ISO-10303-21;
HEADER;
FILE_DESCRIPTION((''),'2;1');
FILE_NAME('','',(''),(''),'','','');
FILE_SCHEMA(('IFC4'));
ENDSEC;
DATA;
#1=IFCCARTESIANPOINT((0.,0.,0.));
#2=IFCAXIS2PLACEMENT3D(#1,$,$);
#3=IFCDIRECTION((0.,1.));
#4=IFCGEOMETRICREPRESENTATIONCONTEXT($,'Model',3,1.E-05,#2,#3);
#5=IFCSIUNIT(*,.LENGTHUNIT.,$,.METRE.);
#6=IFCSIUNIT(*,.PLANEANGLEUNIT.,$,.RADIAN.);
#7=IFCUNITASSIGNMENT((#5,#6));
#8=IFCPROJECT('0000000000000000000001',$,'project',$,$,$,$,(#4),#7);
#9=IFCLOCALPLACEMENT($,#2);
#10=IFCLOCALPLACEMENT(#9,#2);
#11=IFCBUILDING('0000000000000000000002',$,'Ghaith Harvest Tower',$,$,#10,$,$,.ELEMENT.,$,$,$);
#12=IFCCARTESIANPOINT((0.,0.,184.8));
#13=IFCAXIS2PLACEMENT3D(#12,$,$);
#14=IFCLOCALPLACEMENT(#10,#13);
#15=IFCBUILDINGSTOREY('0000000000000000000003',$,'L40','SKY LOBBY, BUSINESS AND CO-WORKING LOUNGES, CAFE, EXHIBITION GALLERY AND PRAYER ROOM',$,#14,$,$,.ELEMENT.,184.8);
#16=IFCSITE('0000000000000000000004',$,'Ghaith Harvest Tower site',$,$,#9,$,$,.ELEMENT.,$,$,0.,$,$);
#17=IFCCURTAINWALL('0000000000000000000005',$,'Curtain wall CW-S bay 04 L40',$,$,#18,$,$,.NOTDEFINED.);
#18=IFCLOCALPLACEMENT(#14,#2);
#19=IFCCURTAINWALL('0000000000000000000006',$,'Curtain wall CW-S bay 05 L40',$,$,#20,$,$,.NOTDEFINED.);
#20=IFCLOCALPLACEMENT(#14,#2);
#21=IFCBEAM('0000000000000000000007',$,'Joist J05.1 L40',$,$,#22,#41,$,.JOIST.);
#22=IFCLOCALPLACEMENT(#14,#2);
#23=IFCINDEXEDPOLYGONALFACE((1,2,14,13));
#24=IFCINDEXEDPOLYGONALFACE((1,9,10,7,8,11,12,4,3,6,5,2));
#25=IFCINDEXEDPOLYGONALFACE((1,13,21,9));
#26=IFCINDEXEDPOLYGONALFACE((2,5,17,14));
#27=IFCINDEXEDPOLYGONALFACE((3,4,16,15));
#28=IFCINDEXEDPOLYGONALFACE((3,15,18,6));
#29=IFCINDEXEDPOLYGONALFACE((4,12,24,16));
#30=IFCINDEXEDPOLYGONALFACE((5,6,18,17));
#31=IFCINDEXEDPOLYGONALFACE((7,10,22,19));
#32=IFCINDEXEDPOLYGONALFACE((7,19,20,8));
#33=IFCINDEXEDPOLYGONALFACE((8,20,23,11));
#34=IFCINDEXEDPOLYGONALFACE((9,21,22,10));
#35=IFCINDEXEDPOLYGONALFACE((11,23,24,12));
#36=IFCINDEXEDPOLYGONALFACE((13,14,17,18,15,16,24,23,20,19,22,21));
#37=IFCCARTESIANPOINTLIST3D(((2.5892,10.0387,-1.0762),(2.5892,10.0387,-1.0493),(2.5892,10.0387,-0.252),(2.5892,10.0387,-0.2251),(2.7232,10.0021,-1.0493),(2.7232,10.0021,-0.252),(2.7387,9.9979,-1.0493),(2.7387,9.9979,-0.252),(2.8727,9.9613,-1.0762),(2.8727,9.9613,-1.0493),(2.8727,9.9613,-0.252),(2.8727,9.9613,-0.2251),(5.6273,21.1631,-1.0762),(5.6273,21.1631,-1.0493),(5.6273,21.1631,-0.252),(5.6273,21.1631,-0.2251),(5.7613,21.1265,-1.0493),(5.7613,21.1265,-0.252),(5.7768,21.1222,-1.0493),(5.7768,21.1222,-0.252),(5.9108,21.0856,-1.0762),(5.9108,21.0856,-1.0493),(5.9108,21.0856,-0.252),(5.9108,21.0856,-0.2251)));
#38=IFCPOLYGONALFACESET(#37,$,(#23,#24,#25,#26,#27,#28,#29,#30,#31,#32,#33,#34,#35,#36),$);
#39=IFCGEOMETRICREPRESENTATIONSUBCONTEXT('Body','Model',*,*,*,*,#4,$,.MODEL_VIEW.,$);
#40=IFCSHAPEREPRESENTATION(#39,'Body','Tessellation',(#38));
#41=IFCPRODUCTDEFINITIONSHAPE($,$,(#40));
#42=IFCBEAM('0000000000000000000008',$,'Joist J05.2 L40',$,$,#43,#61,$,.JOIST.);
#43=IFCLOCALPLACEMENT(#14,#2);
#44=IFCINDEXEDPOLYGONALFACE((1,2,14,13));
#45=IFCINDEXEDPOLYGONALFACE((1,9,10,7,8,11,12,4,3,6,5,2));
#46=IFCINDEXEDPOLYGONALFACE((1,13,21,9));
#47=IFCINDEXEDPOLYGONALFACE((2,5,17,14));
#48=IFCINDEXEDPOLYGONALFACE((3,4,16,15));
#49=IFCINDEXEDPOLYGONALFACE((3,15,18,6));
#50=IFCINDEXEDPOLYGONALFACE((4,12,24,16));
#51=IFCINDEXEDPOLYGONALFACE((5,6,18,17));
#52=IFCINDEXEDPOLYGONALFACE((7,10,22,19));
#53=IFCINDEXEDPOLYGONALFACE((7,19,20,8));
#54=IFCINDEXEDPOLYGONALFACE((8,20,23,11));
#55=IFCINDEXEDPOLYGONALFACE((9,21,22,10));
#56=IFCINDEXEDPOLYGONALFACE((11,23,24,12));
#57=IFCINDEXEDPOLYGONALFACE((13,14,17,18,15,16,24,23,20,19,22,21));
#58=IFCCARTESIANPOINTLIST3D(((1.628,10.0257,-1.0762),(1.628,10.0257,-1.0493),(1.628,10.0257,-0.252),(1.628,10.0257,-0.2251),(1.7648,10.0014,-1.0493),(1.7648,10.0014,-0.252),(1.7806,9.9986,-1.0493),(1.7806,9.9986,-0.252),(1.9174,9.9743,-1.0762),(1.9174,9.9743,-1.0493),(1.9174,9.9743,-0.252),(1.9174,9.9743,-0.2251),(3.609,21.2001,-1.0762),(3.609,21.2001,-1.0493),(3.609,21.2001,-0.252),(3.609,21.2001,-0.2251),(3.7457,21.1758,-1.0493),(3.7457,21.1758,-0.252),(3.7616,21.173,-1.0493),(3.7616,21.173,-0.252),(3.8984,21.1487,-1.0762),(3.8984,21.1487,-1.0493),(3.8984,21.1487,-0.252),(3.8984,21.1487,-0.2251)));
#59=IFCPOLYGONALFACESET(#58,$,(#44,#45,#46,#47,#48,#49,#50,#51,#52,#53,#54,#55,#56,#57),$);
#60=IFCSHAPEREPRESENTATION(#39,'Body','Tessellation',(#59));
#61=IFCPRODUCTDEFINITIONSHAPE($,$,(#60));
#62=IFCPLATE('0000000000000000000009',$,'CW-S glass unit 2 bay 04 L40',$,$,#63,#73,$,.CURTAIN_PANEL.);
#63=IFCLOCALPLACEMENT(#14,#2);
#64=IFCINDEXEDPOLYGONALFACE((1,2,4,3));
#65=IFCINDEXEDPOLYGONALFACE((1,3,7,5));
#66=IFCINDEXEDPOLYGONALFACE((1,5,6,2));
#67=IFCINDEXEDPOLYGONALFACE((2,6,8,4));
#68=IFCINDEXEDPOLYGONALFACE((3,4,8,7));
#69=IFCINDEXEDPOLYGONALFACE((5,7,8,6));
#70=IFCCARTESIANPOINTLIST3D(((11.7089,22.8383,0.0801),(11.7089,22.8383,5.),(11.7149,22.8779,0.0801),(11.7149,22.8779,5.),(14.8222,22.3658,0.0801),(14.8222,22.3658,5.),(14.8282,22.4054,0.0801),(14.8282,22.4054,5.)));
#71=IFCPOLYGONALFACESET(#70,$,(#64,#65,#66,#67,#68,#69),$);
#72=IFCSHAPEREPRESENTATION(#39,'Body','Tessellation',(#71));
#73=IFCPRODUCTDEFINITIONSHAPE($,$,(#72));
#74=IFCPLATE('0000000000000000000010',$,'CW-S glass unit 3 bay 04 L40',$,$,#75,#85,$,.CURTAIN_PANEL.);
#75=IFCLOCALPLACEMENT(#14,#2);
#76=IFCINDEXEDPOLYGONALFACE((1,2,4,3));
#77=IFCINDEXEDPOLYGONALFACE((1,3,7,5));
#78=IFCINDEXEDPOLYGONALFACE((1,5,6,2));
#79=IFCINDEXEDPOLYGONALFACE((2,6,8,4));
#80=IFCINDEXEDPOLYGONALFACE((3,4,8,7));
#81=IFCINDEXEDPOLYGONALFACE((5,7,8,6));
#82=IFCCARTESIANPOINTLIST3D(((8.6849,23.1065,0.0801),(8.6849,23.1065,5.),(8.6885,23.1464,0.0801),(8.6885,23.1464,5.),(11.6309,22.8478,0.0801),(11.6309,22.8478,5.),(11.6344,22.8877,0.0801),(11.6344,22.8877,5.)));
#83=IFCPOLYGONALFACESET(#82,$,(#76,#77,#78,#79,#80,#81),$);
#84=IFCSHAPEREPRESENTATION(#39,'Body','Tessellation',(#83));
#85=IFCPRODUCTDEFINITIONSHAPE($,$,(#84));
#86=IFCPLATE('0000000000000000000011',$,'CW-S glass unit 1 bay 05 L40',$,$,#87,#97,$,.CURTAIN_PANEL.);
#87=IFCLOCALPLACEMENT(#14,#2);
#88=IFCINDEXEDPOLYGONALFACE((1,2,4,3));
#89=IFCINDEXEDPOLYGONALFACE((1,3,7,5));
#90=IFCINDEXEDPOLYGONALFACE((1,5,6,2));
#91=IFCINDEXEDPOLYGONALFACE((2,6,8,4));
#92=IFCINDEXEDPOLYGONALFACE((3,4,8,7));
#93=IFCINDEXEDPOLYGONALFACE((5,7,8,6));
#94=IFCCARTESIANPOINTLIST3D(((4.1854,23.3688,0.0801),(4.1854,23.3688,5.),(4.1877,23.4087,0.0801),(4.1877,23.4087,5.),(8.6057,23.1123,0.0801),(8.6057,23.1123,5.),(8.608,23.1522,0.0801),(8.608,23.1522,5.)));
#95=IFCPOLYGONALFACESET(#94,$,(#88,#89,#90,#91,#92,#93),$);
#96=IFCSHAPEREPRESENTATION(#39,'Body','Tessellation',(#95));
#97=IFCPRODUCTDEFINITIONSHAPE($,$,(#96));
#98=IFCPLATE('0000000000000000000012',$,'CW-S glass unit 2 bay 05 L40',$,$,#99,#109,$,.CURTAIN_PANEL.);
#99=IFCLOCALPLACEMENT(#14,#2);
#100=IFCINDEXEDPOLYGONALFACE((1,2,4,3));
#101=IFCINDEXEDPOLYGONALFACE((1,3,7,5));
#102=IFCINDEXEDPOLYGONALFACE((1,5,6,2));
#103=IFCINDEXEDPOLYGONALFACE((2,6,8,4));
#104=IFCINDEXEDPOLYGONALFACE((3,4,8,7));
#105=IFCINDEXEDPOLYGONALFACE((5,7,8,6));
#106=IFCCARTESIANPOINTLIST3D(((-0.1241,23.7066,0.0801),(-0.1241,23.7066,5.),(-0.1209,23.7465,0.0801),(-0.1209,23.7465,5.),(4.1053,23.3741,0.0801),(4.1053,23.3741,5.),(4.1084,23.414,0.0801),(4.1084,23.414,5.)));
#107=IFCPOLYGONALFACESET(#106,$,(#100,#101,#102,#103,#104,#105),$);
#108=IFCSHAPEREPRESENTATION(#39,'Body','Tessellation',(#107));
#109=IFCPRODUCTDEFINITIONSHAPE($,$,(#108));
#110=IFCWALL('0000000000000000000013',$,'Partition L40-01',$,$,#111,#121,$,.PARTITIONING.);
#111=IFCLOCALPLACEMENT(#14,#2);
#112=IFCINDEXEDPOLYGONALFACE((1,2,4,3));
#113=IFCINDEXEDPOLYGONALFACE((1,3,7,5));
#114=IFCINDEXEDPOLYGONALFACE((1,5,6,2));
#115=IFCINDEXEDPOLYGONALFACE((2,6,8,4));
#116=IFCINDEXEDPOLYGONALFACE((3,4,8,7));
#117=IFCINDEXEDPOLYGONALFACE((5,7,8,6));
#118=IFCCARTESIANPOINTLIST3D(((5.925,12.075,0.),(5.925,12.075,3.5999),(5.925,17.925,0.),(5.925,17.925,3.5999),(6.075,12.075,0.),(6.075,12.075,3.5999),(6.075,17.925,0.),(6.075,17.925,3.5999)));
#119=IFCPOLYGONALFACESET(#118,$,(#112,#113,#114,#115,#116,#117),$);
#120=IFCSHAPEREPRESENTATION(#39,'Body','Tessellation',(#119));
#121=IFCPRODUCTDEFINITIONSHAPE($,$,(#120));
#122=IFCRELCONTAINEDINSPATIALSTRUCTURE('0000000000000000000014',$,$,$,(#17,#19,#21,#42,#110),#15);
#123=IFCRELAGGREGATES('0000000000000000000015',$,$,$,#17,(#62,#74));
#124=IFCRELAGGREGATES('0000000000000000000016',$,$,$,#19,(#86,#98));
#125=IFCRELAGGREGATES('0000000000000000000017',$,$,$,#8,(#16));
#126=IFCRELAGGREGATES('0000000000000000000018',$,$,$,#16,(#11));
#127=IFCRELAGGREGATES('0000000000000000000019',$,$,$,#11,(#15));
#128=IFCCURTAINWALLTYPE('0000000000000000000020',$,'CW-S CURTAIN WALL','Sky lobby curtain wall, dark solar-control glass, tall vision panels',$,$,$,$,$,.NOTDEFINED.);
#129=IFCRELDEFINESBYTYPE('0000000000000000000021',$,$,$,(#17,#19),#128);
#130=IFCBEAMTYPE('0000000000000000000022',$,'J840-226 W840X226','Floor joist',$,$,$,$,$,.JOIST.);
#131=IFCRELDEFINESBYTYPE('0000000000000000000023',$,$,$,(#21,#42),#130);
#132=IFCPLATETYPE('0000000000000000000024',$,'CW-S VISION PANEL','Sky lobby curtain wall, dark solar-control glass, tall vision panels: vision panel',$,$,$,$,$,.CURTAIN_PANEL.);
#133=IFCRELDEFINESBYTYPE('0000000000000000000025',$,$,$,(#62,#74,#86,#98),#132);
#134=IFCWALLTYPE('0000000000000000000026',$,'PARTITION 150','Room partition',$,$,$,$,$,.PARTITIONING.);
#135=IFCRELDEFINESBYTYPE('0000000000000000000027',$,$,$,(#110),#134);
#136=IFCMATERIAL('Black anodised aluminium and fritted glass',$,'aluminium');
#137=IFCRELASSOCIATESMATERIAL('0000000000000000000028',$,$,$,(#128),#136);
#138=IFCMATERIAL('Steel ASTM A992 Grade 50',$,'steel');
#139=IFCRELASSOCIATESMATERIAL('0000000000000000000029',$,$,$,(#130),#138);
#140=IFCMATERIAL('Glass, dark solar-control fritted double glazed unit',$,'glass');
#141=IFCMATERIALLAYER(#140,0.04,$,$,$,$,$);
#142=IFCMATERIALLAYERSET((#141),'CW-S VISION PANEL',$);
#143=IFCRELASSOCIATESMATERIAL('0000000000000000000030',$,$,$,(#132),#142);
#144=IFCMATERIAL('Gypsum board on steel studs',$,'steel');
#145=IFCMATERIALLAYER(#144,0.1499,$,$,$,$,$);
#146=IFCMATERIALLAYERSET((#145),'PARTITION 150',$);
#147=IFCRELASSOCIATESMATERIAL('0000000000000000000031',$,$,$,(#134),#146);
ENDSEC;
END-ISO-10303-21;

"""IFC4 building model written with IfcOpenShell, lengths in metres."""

from ifc_helpers import new_model, si_unit, direction, frame, frame_2d, origin, origin_2d, place, context, subcontext, project, spatial, rectangle, i_section, extrude, material, layer, layer_set, material_profile, profile_set, type_object, element, aggregate, save


model = new_model("IFC4")

# Units and contexts
model_context = context("Model", 3, precision=1e-05, world=origin(), true_north=direction((0.0, 1.0)))
body_context = subcontext(model_context, "Body", "Model", "MODEL_VIEW")
ifc_project = project(units=[si_unit("LENGTHUNIT", "METRE"), si_unit("PLANEANGLEUNIT", "RADIAN")], contexts=[model_context])

# Site, building, storey
site_placement = place(None, origin())
site = spatial("IfcSite", under=ifc_project, at=site_placement, Name="Ghaith Harvest Tower site", CompositionType="ELEMENT", RefElevation=0.0)
building_placement = place(site_placement, origin())
building = spatial("IfcBuilding", under=site, at=building_placement, Name="Ghaith Harvest Tower", CompositionType="ELEMENT")
storey_placement = place(building_placement, frame((0.0, 0.0, 184.8)))
storey = spatial("IfcBuildingStorey", under=building, at=storey_placement, Name="L40", Description="SKY LOBBY, BUSINESS AND CO-WORKING LOUNGES, CAFE, EXHIBITION GALLERY AND PRAYER ROOM", CompositionType="ELEMENT", Elevation=184.8)

# Curtain wall
ifc_material_1 = material(Name="Black anodised aluminium and fritted glass", Category="aluminium")
curtain_wall_type = type_object("IfcCurtainWallType", Name="CW-S CURTAIN WALL", Description="Sky lobby curtain wall, dark solar-control glass, tall vision panels", PredefinedType="NOTDEFINED", material=ifc_material_1)
curtain_wall_1_placement = place(storey_placement, origin())
curtain_wall_1 = element("IfcCurtainWall", 1, at=curtain_wall_1_placement, inside=storey, type_object=curtain_wall_type, Name="Curtain wall CW-S bay 04 L40", PredefinedType="NOTDEFINED")

# Curtain wall
curtain_wall_2_placement = place(storey_placement, origin())
curtain_wall_2 = element("IfcCurtainWall", 2, at=curtain_wall_2_placement, inside=storey, type_object=curtain_wall_type, Name="Curtain wall CW-S bay 05 L40", PredefinedType="NOTDEFINED")

# Beams
ifc_material_2 = material(Name="Steel ASTM A992 Grade 50", Category="steel")
ifc_material_profile_1 = material_profile(ifc_material_2, i_section(OverallWidth=0.2939, OverallDepth=0.8511, WebThickness=0.0161, FlangeThickness=0.0269, at=origin_2d()), Name="W840X226")
ifc_profile_set_1 = profile_set([ifc_material_profile_1], Name="Steel ASTM A992 Grade 50")
beam_type_1 = type_object("IfcBeamType", Name="J840-226 W840X226", Description="Floor joist", PredefinedType="JOIST", material=ifc_profile_set_1)
beam_1_placement = place(storey_placement, frame((2.731, 10.0, -0.6506), z_axis=(0.263456, 0.964671, 0.0), x_axis=(-0.964671, 0.263456, 0.0)))
element("IfcBeam", 3, at=beam_1_placement, inside=storey, type_object=beam_type_1, Name="Joist J05.1 L40", PredefinedType="JOIST", context=body_context, shape_type="SweptSolid", body=[
    extrude(i_section(OverallWidth=0.2939, OverallDepth=0.8511, WebThickness=0.0161, FlangeThickness=0.0269, at=origin_2d()), origin(), (0.0, 0.0, 1.0), 11.5317),
])
beam_2_placement = place(storey_placement, frame((1.7727, 10.0, -0.6506), z_axis=(0.174556, 0.984647, 0.0), x_axis=(-0.984647, 0.174556, 0.0)))
element("IfcBeam", 4, at=beam_2_placement, inside=storey, type_object=beam_type_1, Name="Joist J05.2 L40", PredefinedType="JOIST", context=body_context, shape_type="SweptSolid", body=[
    extrude(i_section(OverallWidth=0.2939, OverallDepth=0.8511, WebThickness=0.0161, FlangeThickness=0.0269, at=origin_2d()), origin(), (0.0, 0.0, 1.0), 11.3486),
])

# Plates
ifc_material_3 = material(Name="Glass, dark solar-control fritted double glazed unit", Category="glass")
ifc_layer_1 = layer(ifc_material_3, 0.04)
ifc_layer_set_1 = layer_set([ifc_layer_1], Name="CW-S VISION PANEL")
plate_type = type_object("IfcPlateType", Name="CW-S VISION PANEL", Description="Sky lobby curtain wall, dark solar-control glass, tall vision panels: vision panel", PredefinedType="CURTAIN_PANEL", material=ifc_layer_set_1)
plate_1_placement = place(storey_placement, frame((13.2686, 22.6218, 0.0801), z_axis=(0.0, 0.0, 1.0), x_axis=(-0.988679, 0.150048, 0.0)))
plate_1 = element("IfcPlate", 5, at=plate_1_placement, type_object=plate_type, Name="CW-S glass unit 2 bay 04 L40", PredefinedType="CURTAIN_PANEL", context=body_context, shape_type="SweptSolid", body=[
    extrude(rectangle(XDim=3.1489, YDim=0.04, at=origin_2d()), origin(), (0.0, 0.0, 1.0), 4.9199),
])
plate_2_placement = place(storey_placement, frame((10.1597, 22.9971, 0.0801), z_axis=(0.0, 0.0, 1.0), x_axis=(-0.996166, 0.087481, 0.0)))
plate_2 = element("IfcPlate", 6, at=plate_2_placement, type_object=plate_type, Name="CW-S glass unit 3 bay 04 L40", PredefinedType="CURTAIN_PANEL", context=body_context, shape_type="SweptSolid", body=[
    extrude(rectangle(XDim=2.9573, YDim=0.04, at=origin_2d()), origin(), (0.0, 0.0, 1.0), 4.9199),
])
aggregate(curtain_wall_1, [plate_1, plate_2])
plate_3_placement = place(storey_placement, frame((6.3967, 23.2605, 0.0801), z_axis=(0.0, 0.0, 1.0), x_axis=(-0.998321, 0.057927, 0.0)))
plate_3 = element("IfcPlate", 7, at=plate_3_placement, type_object=plate_type, Name="CW-S glass unit 1 bay 05 L40", PredefinedType="CURTAIN_PANEL", context=body_context, shape_type="SweptSolid", body=[
    extrude(rectangle(XDim=4.4277, YDim=0.04, at=origin_2d()), origin(), (0.0, 0.0, 1.0), 4.9199),
])
plate_4_placement = place(storey_placement, frame((1.9922, 23.5603, 0.0801), z_axis=(0.0, 0.0, 1.0), x_axis=(-0.996925, 0.07836, 0.0)))
plate_4 = element("IfcPlate", 8, at=plate_4_placement, type_object=plate_type, Name="CW-S glass unit 2 bay 05 L40", PredefinedType="CURTAIN_PANEL", context=body_context, shape_type="SweptSolid", body=[
    extrude(rectangle(XDim=4.2424, YDim=0.04, at=origin_2d()), origin(), (0.0, 0.0, 1.0), 4.9199),
])
aggregate(curtain_wall_2, [plate_3, plate_4])

# Wall
ifc_material_4 = material(Name="Gypsum board on steel studs", Category="steel")
ifc_layer_2 = layer(ifc_material_4, 0.1499)
ifc_layer_set_2 = layer_set([ifc_layer_2], Name="PARTITION 150")
wall_type = type_object("IfcWallType", Name="PARTITION 150", Description="Room partition", PredefinedType="PARTITIONING", material=ifc_layer_set_2)
wall_placement = place(storey_placement, frame((6.0, 12.075, 0.0), z_axis=(0.0, 0.0, 1.0), x_axis=(0.0, 1.0, 0.0)))
element("IfcWall", 9, at=wall_placement, inside=storey, type_object=wall_type, Name="Partition L40-01", PredefinedType="PARTITIONING", context=body_context, shape_type="SweptSolid", body=[
    extrude(rectangle(XDim=5.8501, YDim=0.1499, at=frame_2d((2.925, 0.0))), origin(), (0.0, 0.0, 1.0), 3.5999),
])

save(model, "model.ifc")
